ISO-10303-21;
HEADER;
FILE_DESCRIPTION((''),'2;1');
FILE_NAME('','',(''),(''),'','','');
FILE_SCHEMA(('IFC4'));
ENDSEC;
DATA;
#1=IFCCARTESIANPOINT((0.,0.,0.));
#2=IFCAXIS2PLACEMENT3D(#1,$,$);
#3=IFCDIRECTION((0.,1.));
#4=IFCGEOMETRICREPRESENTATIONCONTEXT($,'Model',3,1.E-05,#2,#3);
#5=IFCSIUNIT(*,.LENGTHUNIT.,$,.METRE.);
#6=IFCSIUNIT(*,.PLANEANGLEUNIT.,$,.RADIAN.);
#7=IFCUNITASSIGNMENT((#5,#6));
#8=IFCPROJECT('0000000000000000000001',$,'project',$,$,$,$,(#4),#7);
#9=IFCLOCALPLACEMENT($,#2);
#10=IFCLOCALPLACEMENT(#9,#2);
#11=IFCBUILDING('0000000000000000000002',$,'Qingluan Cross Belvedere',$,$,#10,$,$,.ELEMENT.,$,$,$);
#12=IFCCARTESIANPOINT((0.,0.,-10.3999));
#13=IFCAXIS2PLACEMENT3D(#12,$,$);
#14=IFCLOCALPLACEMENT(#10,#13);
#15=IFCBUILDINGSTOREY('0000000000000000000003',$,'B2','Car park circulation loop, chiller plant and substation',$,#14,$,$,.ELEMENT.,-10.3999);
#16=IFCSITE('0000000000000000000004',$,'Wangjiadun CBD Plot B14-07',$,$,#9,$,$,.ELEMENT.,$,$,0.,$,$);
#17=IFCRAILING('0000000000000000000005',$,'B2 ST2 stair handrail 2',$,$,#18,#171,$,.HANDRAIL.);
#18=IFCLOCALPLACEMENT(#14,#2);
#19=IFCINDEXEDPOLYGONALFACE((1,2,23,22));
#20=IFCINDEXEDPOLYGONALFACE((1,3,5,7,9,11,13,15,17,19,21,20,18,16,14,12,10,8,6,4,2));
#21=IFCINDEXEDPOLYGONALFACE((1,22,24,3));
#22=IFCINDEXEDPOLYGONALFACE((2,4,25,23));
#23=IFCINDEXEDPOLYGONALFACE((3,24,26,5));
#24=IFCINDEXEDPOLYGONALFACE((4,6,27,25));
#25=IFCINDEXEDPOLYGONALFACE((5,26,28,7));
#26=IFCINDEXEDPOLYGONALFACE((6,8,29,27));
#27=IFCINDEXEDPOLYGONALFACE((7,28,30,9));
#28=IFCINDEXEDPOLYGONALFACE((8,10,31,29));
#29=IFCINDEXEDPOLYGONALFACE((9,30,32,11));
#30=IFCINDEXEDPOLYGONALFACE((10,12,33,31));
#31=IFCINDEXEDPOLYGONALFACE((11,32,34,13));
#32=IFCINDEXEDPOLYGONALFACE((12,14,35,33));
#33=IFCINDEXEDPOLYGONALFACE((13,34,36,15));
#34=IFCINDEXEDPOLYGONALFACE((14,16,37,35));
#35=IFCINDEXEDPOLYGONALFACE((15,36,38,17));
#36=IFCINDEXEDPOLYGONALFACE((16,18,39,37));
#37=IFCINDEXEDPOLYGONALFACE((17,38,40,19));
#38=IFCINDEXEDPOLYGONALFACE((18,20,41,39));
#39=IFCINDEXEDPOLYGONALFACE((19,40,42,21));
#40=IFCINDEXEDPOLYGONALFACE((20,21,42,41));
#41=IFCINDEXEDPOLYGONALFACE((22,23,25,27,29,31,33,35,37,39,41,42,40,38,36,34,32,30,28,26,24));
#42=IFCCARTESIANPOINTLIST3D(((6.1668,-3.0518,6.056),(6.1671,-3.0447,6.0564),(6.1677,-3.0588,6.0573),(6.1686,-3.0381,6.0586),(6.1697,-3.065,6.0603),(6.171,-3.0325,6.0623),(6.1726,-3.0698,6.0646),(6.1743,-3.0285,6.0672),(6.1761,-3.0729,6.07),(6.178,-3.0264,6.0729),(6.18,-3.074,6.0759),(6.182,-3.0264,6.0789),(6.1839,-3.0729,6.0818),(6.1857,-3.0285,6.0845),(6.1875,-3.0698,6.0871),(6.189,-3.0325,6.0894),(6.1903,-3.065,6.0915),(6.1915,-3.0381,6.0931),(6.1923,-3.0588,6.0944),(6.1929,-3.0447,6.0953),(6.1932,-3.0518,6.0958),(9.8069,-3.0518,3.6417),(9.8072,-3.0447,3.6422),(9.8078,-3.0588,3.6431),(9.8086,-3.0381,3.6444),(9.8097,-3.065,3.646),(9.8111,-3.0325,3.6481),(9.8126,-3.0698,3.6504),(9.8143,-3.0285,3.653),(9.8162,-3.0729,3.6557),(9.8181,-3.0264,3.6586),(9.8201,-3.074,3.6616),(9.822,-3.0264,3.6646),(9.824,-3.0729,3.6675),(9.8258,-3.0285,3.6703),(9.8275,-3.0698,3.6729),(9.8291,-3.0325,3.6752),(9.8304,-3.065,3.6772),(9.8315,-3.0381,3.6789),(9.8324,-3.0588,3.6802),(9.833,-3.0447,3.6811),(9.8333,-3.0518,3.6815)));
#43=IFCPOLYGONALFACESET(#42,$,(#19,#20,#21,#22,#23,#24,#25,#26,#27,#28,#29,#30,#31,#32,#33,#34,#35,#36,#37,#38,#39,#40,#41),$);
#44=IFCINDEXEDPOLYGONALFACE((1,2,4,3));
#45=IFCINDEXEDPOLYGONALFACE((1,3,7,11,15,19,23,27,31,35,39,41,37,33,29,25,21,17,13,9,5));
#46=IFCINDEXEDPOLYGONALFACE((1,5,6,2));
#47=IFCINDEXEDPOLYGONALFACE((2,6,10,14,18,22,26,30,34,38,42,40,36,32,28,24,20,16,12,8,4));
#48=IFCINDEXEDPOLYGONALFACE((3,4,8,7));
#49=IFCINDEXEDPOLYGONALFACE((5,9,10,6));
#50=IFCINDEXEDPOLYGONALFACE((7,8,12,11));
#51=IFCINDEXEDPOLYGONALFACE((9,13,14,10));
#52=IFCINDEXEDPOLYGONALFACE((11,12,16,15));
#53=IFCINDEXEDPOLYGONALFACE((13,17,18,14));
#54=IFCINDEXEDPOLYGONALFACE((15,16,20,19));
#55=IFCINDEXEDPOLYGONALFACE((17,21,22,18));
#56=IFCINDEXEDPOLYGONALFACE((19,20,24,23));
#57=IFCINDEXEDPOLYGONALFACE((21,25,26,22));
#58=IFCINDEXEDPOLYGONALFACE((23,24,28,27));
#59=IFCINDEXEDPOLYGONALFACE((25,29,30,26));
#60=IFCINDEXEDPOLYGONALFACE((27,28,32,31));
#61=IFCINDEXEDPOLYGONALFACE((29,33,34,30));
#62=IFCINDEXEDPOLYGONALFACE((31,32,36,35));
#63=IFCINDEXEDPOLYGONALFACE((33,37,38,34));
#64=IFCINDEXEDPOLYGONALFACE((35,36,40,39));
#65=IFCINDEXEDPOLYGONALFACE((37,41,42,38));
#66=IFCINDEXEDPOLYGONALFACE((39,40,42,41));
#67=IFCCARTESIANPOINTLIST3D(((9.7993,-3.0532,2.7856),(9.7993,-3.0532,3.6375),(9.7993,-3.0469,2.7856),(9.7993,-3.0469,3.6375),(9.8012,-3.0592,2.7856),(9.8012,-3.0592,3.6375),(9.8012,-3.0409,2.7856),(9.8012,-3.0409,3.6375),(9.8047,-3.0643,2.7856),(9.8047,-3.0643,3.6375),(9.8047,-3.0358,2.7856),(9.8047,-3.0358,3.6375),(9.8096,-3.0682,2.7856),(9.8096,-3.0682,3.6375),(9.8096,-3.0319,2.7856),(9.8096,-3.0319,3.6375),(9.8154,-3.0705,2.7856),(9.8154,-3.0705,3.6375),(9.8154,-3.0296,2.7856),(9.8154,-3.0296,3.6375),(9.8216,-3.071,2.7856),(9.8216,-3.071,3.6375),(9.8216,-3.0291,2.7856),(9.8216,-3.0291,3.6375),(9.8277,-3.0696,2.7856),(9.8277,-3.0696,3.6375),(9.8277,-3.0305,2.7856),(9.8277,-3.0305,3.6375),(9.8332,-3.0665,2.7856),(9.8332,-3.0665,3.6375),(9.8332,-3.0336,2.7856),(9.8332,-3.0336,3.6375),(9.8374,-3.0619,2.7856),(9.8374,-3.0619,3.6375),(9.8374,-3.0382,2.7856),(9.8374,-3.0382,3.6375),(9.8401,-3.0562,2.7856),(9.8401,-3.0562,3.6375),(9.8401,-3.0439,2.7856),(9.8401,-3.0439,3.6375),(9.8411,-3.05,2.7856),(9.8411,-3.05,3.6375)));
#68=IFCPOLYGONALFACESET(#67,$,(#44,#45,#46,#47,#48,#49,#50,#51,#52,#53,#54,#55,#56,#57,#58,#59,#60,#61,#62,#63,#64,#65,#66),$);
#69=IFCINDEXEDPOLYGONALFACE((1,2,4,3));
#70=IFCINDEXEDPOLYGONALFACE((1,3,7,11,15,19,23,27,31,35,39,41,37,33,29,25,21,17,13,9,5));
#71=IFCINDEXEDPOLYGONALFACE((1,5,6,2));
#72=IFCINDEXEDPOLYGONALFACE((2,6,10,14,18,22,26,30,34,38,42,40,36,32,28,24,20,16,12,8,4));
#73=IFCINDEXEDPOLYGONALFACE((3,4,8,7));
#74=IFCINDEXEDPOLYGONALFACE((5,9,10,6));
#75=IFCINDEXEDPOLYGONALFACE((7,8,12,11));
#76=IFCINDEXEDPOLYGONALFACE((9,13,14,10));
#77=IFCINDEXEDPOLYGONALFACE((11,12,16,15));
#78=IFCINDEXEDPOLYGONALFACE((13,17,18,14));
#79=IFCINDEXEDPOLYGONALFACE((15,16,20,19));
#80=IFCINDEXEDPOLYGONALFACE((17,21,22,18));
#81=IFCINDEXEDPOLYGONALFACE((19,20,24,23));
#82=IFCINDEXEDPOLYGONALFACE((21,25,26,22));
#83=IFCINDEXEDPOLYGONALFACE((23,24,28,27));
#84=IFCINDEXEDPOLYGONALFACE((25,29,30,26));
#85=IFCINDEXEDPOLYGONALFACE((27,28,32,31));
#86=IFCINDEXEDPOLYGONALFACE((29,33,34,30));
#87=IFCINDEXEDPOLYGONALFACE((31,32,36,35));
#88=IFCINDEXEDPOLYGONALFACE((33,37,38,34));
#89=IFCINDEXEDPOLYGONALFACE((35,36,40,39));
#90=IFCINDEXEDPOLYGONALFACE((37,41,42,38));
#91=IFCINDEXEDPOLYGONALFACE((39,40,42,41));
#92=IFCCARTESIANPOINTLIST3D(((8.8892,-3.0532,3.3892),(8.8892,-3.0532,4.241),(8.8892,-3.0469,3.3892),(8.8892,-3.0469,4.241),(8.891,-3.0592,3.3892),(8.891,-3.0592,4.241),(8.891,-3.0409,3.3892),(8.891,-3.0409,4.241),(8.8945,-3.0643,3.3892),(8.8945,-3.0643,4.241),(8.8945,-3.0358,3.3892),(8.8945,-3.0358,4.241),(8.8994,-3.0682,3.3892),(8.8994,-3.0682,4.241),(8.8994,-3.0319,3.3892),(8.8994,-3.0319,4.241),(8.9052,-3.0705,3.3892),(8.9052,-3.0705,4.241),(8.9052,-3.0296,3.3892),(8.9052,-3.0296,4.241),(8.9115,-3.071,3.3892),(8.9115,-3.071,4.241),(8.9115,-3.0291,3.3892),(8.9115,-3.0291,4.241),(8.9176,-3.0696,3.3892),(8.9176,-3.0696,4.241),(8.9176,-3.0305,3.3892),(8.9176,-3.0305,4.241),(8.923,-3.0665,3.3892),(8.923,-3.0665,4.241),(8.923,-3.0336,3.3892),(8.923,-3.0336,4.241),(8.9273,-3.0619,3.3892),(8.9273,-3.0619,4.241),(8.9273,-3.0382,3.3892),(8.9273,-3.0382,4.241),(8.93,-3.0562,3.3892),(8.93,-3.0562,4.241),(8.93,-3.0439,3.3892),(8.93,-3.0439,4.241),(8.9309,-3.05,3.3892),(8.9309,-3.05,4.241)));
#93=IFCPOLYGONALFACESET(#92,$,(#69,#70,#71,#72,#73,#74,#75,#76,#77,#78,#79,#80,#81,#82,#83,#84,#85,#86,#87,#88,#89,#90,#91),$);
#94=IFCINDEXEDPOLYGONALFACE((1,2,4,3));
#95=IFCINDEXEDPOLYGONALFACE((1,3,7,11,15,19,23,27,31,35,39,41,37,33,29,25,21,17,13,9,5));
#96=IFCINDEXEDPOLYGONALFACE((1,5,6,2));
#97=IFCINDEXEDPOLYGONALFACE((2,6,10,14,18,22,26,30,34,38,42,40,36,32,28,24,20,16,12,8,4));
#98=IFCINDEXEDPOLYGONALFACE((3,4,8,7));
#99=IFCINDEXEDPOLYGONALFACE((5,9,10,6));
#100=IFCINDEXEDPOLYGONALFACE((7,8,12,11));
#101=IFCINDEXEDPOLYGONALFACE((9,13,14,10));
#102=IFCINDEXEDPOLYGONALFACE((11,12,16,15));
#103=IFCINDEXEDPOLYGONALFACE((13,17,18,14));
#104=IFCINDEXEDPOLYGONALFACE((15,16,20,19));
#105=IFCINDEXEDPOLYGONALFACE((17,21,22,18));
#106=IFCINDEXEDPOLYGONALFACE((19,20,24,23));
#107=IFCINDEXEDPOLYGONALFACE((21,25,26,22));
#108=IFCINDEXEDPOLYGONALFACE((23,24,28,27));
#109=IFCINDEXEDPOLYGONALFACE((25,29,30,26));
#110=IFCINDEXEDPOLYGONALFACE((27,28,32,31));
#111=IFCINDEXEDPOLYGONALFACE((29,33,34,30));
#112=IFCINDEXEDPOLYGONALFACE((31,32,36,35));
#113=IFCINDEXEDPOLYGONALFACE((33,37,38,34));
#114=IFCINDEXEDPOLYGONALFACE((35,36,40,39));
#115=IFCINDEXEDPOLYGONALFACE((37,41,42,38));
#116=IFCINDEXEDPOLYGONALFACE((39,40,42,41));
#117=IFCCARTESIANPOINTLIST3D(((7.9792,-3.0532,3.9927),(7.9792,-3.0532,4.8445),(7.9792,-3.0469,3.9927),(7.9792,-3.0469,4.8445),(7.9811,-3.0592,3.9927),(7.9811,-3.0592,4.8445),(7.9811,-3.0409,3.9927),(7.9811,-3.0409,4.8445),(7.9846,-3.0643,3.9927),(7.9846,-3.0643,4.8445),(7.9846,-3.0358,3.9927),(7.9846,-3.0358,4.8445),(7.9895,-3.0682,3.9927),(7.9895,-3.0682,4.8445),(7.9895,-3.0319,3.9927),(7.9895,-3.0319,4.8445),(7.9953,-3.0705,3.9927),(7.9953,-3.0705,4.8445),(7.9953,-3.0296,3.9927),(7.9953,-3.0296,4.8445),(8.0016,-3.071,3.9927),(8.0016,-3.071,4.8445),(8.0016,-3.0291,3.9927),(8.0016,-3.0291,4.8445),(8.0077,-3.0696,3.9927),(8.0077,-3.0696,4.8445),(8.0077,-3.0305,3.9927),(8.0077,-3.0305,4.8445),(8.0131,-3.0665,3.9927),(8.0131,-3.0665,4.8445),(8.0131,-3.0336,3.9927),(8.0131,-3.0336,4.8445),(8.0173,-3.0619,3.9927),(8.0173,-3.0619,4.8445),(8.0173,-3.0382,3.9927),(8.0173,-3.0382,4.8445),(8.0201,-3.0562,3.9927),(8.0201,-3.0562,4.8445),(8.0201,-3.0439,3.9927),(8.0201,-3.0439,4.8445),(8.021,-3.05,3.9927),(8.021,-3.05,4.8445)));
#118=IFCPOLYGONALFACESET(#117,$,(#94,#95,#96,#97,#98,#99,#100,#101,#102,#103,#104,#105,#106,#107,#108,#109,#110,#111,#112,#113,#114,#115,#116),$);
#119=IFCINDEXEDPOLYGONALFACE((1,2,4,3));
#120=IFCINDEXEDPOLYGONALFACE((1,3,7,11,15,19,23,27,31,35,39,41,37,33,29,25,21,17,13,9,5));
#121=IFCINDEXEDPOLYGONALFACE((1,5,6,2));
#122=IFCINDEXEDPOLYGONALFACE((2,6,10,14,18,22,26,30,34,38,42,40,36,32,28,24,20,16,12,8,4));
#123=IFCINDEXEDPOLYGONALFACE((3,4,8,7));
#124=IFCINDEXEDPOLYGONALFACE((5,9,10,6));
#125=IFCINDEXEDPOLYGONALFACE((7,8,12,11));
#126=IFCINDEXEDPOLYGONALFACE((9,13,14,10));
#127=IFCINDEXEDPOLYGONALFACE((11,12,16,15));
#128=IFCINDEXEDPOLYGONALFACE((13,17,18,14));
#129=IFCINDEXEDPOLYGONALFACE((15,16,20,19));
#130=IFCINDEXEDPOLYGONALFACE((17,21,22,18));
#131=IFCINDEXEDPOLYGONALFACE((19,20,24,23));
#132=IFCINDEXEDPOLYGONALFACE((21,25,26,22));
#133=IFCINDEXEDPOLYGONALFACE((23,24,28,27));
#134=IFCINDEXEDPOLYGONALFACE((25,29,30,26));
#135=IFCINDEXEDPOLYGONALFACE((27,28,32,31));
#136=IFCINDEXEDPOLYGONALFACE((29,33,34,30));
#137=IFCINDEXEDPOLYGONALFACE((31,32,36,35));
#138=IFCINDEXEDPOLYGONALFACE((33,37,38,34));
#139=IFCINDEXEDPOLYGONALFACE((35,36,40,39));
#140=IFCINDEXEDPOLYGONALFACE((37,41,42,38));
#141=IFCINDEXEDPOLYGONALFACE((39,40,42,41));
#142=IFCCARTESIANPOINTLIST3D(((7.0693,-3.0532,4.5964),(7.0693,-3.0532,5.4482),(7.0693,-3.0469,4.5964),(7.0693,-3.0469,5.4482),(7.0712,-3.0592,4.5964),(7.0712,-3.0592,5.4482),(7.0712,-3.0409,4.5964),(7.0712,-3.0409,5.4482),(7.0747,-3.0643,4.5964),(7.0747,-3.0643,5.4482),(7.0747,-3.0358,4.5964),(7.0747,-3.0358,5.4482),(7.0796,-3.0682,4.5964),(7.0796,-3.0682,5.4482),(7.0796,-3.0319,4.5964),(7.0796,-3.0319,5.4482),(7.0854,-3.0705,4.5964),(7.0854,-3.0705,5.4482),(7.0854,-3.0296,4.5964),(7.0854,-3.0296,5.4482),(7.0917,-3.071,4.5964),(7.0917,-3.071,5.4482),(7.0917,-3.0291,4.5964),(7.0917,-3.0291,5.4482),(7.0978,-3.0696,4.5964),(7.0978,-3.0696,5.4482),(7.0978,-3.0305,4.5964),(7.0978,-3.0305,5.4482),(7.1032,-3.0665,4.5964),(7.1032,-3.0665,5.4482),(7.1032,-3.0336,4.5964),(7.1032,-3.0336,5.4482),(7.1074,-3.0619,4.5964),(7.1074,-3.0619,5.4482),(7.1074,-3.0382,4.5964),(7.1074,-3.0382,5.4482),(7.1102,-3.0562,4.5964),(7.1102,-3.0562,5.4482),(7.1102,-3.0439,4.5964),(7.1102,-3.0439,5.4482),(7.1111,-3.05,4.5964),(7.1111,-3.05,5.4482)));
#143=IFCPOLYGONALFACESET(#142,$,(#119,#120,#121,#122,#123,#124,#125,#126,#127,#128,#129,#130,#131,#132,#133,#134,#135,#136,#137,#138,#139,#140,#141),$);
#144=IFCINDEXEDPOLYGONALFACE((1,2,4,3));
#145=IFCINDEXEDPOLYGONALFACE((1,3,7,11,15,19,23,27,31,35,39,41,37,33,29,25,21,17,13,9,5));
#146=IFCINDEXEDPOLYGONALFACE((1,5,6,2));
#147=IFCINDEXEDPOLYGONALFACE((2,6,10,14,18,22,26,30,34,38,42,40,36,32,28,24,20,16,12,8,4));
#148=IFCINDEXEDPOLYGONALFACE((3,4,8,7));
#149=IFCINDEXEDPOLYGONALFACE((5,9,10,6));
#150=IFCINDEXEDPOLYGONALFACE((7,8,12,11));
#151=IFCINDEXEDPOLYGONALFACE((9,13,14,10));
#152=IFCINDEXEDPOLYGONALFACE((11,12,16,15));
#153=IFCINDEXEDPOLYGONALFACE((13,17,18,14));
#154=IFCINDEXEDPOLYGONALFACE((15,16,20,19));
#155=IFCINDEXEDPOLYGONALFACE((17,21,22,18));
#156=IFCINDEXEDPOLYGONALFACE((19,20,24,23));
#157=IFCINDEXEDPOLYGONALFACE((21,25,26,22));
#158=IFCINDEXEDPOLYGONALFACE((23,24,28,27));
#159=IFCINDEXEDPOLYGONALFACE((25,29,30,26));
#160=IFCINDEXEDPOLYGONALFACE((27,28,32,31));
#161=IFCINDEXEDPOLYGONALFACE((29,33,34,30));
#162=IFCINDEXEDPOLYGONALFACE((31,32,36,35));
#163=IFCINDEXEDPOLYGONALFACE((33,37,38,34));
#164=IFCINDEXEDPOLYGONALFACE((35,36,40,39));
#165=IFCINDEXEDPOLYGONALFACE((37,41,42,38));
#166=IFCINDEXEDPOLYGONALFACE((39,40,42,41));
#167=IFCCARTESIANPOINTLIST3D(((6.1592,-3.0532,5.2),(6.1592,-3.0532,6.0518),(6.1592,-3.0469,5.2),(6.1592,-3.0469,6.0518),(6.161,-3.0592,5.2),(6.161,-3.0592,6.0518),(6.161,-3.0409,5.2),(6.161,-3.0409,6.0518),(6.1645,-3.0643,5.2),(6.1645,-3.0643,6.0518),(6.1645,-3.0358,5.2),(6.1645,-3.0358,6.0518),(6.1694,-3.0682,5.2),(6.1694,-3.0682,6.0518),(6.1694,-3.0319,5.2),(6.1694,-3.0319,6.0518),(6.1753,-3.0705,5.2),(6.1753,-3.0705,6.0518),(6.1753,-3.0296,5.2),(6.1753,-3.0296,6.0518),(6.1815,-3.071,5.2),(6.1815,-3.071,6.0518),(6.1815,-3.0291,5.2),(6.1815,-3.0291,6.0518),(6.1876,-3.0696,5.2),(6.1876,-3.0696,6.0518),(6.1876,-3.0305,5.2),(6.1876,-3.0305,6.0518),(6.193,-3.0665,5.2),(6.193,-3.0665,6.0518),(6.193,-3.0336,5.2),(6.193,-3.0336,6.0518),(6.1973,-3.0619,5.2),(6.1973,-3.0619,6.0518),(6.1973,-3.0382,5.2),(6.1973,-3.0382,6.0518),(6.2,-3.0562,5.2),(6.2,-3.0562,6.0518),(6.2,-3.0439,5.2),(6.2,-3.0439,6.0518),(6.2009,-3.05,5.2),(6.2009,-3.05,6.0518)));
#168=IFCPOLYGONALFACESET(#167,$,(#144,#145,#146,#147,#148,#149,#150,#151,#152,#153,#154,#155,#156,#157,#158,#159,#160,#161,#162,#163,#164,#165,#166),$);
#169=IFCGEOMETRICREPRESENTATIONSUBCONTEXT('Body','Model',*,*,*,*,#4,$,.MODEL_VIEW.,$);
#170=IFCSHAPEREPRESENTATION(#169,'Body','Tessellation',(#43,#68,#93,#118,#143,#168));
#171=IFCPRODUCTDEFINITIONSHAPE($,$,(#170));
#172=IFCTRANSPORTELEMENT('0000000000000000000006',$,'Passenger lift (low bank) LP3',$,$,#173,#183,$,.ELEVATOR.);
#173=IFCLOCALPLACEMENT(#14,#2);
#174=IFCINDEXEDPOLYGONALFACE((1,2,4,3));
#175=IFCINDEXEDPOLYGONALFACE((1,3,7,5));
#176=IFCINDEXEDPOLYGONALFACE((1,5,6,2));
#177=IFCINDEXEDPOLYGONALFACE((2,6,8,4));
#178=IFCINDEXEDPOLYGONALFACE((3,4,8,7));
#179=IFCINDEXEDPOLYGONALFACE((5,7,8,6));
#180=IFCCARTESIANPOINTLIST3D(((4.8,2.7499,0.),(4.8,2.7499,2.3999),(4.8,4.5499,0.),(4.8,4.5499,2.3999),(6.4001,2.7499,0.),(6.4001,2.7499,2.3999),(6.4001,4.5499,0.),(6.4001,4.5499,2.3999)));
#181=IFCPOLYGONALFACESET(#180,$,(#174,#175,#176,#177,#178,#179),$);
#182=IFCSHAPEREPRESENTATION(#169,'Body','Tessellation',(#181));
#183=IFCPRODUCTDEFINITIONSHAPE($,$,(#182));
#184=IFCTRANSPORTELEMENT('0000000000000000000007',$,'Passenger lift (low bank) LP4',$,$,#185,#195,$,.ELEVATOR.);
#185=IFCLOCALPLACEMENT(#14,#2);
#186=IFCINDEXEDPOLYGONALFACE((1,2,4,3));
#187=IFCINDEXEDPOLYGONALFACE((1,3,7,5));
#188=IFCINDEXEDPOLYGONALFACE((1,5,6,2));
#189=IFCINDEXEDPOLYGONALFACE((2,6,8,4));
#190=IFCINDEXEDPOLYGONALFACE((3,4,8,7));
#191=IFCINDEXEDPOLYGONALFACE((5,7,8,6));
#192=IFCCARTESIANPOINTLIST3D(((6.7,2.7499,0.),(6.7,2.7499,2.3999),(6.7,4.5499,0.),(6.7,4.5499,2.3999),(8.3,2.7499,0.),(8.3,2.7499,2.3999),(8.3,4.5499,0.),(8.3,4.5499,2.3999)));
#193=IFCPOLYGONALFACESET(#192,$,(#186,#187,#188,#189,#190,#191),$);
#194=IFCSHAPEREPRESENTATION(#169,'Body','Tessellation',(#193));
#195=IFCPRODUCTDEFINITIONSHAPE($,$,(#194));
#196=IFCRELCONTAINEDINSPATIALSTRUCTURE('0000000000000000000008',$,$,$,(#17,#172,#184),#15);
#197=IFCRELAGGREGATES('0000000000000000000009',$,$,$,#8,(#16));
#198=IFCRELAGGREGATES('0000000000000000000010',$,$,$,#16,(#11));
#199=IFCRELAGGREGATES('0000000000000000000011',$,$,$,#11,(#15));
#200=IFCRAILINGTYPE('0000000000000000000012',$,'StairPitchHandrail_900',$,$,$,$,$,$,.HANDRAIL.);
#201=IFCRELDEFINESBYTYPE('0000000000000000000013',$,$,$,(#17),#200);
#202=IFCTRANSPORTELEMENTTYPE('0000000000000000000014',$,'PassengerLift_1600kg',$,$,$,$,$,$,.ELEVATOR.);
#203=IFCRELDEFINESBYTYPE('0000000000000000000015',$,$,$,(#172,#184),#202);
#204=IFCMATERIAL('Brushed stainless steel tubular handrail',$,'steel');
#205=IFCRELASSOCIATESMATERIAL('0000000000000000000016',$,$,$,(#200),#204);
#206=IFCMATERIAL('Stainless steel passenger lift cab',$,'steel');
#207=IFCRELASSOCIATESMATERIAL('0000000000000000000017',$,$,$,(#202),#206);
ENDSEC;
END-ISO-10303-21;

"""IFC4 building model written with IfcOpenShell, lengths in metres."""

from ifc_helpers import new_model, si_unit, direction, frame, origin, origin_2d, place, context, subcontext, project, spatial, rectangle, circle, extrude, material, type_object, element, save


model = new_model("IFC4")

# Units and contexts
model_context = context("Model", 3, precision=1e-05, world=origin(), true_north=direction((0.0, 1.0)))
body_context = subcontext(model_context, "Body", "Model", "MODEL_VIEW")
ifc_project = project(units=[si_unit("LENGTHUNIT", "METRE"), si_unit("PLANEANGLEUNIT", "RADIAN")], contexts=[model_context])

# Site, building, storey
site_placement = place(None, origin())
site = spatial("IfcSite", under=ifc_project, at=site_placement, Name="Wangjiadun CBD Plot B14-07", CompositionType="ELEMENT", RefElevation=0.0)
building_placement = place(site_placement, origin())
building = spatial("IfcBuilding", under=site, at=building_placement, Name="Qingluan Cross Belvedere", CompositionType="ELEMENT")
storey_placement = place(building_placement, frame((0.0, 0.0, -10.3999)))
storey = spatial("IfcBuildingStorey", under=building, at=storey_placement, Name="B2", Description="Car park circulation loop, chiller plant and substation", CompositionType="ELEMENT", Elevation=-10.3999)

# Railing
ifc_material_1 = material(Name="Brushed stainless steel tubular handrail", Category="steel")
railing_type = type_object("IfcRailingType", Name="StairPitchHandrail_900", PredefinedType="HANDRAIL", material=ifc_material_1)
railing_placement = place(storey_placement, frame((9.8201, -3.05, 2.7856)))
element("IfcRailing", 1, at=railing_placement, inside=storey, type_object=railing_type, Name="B2 ST2 stair handrail 2", PredefinedType="HANDRAIL", context=body_context, shape_type="SweptSolid", body=[
    extrude(circle(Radius=0.0239, at=origin_2d()), frame((0.0, 0.0, 0.876), z_axis=(-0.833364, 0.0, 0.552725), x_axis=(0.0, -1.0, 0.0)), (0.0, 0.0, 1.0), 4.3679),
    extrude(circle(Radius=0.021, at=origin_2d()), origin(), (0.0, 0.0, 1.0), 0.8518),
    extrude(circle(Radius=0.021, at=origin_2d()), frame((-0.9102, 0.0, 0.6035)), (0.0, 0.0, 1.0), 0.8518),
    extrude(circle(Radius=0.021, at=origin_2d()), frame((-1.8201, 0.0, 1.207)), (0.0, 0.0, 1.0), 0.8518),
    extrude(circle(Radius=0.021, at=origin_2d()), frame((-2.73, 0.0, 1.8108)), (0.0, 0.0, 1.0), 0.8518),
    extrude(circle(Radius=0.021, at=origin_2d()), frame((-3.6401, 0.0, 2.4143)), (0.0, 0.0, 1.0), 0.8518),
])

# Transport elements
ifc_material_2 = material(Name="Stainless steel passenger lift cab", Category="steel")
transport_element_type = type_object("IfcTransportElementType", Name="PassengerLift_1600kg", PredefinedType="ELEVATOR", material=ifc_material_2)
for number, where, z_axis, x_axis, name in (
    (2, (5.6001, 3.6499, 0.0), (0.0, 0.0, 1.0), (1.0, 0.0, 0.0), "Passenger lift (low bank) LP3"),
    (3, (7.5, 3.6499, 0.0), (0.0, 0.0, 1.0), (1.0, 0.0, 0.0), "Passenger lift (low bank) LP4"),
):
    element("IfcTransportElement", number, at=place(storey_placement, frame(where, z_axis=z_axis, x_axis=x_axis)), inside=storey, type_object=transport_element_type, Name=name, PredefinedType="ELEVATOR", context=body_context, shape_type="SweptSolid", body=[
        extrude(rectangle(XDim=1.6001, YDim=1.8, at=origin_2d()), origin(), (0.0, 0.0, 1.0), 2.3999),
    ])

save(model, "model.ifc")
